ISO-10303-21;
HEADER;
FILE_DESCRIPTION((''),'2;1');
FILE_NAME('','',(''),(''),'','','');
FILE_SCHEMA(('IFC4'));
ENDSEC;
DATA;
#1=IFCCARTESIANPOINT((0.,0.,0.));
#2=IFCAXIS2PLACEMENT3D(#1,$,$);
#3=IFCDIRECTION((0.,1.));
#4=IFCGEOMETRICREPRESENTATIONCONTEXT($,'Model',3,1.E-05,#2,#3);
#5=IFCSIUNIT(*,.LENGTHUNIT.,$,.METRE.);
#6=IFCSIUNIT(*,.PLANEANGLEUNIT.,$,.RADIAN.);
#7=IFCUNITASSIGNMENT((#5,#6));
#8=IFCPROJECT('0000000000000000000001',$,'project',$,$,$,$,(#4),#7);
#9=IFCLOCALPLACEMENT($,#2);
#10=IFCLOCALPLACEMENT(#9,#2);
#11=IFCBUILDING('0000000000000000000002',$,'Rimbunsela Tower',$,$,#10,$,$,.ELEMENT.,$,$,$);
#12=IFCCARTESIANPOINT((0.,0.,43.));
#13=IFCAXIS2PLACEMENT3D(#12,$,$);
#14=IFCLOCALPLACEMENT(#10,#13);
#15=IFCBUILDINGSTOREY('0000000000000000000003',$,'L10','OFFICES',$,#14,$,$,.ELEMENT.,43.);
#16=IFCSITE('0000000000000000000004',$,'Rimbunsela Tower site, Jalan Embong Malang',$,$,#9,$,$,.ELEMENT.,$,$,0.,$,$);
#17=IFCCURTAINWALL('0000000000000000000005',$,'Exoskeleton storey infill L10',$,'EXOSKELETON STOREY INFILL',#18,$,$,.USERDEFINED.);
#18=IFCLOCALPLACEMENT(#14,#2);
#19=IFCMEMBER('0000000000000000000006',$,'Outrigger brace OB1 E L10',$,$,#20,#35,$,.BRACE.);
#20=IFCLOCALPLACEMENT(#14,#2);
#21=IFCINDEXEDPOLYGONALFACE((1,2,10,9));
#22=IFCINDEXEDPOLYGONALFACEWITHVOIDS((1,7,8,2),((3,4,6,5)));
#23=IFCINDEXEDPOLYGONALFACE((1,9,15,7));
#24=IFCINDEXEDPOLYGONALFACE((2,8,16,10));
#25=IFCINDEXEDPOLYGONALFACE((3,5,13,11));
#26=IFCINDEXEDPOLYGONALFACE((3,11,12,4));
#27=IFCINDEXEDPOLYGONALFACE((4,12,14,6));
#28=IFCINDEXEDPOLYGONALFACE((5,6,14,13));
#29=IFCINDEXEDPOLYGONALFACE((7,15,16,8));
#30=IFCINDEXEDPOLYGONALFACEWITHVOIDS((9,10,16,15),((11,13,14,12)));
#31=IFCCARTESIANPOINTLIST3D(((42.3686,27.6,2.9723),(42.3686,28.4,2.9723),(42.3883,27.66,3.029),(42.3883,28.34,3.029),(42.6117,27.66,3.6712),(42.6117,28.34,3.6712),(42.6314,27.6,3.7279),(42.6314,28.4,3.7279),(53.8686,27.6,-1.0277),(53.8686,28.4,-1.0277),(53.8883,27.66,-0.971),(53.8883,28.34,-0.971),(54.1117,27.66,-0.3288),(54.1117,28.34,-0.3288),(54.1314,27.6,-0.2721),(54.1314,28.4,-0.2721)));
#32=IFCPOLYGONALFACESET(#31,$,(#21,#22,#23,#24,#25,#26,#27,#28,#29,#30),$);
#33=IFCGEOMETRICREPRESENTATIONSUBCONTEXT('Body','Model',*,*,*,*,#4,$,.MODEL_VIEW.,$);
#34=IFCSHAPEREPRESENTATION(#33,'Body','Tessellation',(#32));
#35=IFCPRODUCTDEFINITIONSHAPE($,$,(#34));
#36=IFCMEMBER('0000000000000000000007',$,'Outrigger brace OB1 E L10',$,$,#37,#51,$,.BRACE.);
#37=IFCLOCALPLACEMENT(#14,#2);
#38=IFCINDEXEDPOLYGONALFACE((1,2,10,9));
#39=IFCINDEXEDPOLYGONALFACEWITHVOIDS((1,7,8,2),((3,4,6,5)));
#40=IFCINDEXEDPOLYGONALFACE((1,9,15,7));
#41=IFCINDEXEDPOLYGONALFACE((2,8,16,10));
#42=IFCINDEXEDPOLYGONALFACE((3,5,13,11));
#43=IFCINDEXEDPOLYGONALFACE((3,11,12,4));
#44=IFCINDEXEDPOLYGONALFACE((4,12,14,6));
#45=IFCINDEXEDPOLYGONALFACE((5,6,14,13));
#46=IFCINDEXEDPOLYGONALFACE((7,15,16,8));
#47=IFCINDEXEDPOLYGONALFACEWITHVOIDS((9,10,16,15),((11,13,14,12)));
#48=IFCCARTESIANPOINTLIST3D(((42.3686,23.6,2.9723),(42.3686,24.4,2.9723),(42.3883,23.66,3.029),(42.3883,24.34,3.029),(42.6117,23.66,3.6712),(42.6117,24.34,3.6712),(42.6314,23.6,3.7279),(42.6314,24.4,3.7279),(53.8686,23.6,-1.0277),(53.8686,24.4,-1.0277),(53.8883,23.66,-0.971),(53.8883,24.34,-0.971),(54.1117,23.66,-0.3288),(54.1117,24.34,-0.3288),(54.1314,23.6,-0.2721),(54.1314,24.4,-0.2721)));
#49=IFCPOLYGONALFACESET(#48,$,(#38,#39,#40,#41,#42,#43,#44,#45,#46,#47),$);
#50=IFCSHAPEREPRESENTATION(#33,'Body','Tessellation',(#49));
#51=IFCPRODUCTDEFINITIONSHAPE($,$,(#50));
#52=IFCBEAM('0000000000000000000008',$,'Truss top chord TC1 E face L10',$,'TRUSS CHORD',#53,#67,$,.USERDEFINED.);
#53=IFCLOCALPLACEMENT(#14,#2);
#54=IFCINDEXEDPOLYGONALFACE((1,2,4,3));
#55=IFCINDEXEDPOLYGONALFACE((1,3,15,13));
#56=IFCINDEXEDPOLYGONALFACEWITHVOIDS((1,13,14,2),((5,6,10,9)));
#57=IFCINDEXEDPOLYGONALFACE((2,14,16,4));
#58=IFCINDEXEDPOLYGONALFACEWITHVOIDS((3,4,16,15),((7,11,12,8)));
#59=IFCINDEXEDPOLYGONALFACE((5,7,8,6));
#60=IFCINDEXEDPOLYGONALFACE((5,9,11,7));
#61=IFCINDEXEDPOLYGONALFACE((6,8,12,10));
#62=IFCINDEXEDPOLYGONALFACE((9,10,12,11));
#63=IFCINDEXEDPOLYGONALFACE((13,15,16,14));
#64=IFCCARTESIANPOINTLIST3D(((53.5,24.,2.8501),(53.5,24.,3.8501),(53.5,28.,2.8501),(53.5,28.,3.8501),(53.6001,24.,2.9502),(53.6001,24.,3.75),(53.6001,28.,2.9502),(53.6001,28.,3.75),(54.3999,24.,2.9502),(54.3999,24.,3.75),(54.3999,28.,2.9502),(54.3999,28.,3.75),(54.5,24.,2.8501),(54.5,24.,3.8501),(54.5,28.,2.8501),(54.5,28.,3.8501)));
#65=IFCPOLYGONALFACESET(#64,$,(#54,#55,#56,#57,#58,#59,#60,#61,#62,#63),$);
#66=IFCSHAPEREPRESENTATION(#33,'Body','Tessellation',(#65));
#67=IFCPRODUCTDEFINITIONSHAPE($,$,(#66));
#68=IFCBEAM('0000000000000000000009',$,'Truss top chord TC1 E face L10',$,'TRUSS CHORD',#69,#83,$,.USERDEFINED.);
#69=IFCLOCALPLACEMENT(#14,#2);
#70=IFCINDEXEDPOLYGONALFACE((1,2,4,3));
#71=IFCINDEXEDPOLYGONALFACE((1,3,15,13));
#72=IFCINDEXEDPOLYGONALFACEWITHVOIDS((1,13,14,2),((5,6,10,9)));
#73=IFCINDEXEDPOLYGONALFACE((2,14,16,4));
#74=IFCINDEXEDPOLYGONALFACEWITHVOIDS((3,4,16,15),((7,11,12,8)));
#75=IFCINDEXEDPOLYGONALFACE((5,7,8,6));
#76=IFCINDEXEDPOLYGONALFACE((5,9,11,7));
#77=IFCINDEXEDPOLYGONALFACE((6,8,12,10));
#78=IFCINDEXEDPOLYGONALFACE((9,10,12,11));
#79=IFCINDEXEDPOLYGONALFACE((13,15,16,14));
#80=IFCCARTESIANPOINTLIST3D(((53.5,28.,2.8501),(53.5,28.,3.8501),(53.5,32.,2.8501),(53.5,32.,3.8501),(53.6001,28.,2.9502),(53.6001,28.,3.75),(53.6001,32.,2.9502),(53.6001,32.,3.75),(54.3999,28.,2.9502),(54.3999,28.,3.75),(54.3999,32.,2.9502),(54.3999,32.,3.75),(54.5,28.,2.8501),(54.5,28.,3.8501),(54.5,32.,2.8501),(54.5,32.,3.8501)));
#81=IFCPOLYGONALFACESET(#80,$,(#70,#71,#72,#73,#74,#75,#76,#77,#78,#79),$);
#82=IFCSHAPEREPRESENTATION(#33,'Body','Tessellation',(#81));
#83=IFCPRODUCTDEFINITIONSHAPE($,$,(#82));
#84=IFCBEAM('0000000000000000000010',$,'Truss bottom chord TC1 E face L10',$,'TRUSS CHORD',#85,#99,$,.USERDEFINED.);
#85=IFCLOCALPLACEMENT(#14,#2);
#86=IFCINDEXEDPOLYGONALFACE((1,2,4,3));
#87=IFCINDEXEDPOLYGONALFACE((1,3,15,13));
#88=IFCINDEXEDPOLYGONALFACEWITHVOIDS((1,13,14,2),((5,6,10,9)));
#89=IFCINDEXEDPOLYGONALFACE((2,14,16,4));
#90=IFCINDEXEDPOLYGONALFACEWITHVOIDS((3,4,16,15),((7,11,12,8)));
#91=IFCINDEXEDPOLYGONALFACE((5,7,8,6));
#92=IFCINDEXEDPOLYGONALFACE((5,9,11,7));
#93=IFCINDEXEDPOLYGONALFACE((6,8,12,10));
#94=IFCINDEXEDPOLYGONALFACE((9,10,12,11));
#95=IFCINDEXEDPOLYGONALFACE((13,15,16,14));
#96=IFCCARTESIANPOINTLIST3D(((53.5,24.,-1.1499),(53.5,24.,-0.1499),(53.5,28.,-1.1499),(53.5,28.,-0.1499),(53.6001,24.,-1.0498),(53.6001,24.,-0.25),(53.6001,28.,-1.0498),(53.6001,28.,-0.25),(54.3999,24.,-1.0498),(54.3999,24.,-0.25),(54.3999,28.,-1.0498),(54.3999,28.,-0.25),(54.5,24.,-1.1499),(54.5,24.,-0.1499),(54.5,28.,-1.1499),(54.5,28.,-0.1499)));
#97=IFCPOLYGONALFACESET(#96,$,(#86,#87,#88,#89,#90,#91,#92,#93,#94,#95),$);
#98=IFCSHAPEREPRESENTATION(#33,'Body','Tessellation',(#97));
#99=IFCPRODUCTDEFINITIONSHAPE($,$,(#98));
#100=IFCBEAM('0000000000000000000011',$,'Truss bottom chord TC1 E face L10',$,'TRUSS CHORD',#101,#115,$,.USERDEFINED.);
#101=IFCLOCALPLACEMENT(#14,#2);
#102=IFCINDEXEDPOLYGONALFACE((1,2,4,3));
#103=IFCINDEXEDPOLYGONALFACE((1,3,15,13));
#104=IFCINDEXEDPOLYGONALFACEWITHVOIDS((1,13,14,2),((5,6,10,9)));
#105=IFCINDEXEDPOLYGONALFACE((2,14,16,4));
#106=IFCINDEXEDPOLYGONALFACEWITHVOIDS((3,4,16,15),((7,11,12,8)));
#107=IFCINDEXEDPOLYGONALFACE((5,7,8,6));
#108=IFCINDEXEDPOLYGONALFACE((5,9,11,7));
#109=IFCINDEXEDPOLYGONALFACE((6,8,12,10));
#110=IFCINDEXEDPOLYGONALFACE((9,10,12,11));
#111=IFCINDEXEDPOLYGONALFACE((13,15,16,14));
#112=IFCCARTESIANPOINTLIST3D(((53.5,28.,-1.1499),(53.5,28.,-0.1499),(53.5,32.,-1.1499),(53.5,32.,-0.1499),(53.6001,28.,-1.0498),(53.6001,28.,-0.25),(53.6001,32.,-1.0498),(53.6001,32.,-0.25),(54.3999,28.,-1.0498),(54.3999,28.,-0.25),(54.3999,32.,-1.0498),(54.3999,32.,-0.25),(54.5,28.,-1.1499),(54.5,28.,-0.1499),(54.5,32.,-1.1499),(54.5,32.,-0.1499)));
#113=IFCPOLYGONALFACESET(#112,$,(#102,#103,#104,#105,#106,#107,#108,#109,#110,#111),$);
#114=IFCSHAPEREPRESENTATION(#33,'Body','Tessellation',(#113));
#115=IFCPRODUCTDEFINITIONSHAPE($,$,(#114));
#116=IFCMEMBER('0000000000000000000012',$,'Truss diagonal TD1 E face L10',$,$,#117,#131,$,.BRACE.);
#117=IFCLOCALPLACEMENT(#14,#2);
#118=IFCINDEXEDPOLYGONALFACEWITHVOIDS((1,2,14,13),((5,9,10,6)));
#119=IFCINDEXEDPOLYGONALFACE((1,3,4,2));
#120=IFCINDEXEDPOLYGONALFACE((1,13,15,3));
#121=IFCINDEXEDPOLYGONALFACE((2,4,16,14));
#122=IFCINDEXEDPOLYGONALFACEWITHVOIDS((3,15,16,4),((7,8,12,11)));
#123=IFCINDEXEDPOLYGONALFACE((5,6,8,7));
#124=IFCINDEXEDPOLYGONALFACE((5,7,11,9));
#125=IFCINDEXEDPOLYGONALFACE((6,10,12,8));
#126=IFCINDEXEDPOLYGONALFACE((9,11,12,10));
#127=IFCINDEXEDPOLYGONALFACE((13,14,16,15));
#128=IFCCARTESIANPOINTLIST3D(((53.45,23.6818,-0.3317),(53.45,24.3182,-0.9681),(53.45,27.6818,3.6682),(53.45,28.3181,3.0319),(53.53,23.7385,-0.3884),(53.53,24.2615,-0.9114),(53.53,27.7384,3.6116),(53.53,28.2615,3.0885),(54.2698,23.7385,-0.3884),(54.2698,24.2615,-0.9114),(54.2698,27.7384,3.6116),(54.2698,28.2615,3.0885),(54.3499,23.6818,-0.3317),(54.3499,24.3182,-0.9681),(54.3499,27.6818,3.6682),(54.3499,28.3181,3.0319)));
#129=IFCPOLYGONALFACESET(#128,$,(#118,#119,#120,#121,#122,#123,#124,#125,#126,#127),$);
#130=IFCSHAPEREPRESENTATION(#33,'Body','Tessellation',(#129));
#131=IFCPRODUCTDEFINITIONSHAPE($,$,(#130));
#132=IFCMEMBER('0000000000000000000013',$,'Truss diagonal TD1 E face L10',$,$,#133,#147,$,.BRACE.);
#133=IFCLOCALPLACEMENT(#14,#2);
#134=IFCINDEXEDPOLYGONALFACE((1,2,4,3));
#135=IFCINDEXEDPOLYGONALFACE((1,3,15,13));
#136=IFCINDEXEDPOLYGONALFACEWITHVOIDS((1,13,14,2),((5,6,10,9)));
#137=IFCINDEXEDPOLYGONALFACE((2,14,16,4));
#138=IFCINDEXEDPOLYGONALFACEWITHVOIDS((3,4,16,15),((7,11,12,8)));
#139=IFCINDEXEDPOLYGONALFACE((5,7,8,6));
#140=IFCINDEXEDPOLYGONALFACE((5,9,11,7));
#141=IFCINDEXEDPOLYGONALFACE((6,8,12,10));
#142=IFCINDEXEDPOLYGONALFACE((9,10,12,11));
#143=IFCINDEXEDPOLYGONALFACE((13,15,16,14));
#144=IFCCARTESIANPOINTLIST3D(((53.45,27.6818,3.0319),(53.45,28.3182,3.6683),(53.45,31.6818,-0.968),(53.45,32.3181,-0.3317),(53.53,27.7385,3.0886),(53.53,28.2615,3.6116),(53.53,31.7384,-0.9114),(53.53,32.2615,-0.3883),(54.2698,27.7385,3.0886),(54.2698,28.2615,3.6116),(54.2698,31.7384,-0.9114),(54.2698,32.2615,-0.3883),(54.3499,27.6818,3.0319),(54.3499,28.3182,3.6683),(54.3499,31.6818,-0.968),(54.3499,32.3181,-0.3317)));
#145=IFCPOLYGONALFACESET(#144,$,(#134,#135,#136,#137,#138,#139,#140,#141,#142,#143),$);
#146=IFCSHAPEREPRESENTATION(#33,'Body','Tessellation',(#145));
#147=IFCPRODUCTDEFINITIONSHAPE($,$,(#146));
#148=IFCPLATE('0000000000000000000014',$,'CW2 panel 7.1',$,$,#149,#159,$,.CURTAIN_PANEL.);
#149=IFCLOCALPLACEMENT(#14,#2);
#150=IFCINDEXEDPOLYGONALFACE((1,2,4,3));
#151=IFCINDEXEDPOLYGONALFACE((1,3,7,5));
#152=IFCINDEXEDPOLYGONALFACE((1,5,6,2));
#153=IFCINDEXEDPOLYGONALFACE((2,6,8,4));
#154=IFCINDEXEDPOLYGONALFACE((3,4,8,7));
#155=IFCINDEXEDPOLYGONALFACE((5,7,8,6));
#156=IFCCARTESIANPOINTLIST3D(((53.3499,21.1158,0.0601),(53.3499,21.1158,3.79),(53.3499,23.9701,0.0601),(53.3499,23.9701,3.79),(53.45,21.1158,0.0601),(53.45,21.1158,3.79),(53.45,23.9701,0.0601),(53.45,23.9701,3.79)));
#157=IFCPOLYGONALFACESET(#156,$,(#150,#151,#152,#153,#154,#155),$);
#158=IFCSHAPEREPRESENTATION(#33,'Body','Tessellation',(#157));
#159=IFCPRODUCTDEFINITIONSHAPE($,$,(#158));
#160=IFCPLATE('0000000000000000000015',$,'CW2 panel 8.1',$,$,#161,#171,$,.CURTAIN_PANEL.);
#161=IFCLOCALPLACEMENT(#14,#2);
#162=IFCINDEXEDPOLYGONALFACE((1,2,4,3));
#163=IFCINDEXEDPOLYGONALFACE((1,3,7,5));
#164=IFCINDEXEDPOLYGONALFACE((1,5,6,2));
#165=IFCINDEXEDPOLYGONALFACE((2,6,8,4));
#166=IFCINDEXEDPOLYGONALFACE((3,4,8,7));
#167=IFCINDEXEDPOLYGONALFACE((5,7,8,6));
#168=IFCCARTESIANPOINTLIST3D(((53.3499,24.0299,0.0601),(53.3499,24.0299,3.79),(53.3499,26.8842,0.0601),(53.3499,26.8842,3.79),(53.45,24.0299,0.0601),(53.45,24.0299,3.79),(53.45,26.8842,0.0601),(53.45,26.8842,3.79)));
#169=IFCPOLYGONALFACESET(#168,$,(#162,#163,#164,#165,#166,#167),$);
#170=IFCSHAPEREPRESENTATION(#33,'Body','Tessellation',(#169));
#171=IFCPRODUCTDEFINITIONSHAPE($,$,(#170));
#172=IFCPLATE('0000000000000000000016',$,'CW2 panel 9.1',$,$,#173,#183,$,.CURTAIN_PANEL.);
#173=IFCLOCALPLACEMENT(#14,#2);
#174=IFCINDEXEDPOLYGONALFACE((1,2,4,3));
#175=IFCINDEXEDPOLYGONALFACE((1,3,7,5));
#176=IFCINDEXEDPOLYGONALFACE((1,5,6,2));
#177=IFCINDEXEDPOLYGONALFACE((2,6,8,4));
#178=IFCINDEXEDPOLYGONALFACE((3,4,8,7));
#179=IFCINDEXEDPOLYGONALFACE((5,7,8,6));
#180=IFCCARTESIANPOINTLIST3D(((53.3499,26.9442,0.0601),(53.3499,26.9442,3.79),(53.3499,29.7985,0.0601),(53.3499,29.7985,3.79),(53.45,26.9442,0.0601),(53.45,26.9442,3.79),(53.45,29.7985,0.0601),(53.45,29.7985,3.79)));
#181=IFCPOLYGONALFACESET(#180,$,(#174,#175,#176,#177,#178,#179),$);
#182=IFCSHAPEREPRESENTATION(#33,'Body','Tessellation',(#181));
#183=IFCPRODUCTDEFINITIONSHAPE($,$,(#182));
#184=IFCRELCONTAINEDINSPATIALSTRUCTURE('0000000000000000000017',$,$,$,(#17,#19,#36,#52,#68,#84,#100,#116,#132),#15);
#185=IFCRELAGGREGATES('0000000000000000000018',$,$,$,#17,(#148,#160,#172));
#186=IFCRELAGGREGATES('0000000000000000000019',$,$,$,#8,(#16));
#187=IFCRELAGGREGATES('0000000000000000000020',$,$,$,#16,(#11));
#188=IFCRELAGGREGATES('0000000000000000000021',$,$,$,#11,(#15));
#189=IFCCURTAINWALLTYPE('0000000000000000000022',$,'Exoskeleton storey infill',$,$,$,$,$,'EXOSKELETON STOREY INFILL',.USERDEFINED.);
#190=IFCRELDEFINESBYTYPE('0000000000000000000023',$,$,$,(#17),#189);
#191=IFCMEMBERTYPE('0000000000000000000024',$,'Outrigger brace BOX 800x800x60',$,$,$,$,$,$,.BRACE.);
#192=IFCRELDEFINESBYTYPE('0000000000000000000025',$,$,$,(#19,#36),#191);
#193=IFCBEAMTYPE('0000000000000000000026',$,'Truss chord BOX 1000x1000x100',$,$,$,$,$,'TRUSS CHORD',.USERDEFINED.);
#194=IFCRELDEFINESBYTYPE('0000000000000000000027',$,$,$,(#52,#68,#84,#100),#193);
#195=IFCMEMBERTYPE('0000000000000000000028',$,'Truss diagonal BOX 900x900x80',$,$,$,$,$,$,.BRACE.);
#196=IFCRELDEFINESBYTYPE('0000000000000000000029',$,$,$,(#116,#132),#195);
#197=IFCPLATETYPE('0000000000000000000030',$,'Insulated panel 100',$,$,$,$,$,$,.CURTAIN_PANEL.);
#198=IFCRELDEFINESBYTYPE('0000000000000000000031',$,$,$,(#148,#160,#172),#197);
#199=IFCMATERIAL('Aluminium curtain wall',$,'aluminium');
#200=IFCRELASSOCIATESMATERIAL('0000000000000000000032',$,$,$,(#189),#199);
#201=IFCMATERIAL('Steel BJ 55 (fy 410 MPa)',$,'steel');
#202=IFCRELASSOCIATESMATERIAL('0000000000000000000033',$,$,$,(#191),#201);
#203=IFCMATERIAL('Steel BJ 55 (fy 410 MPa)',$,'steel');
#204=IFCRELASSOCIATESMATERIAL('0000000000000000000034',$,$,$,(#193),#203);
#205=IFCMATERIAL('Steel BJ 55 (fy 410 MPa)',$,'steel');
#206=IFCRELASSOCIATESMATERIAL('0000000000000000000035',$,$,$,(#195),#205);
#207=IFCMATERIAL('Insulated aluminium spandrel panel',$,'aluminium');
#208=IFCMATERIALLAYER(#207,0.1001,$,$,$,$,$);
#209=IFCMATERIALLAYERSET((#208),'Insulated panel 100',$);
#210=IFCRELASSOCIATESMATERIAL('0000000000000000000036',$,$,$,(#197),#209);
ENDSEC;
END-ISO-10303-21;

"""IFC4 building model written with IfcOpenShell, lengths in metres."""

from ifc_helpers import new_model, si_unit, direction, frame, origin, origin_2d, place, context, subcontext, project, spatial, rectangle, hollow_rectangle, extrude, material, layer, layer_set, material_profile, profile_set, type_object, element, aggregate, save


model = new_model("IFC4")

# Units and contexts
model_context = context("Model", 3, precision=1e-05, world=origin(), true_north=direction((0.0, 1.0)))
body_context = subcontext(model_context, "Body", "Model", "MODEL_VIEW")
ifc_project = project(units=[si_unit("LENGTHUNIT", "METRE"), si_unit("PLANEANGLEUNIT", "RADIAN")], contexts=[model_context])

# Site, building, storey
site_placement = place(None, origin())
site = spatial("IfcSite", under=ifc_project, at=site_placement, Name="Rimbunsela Tower site, Jalan Embong Malang", CompositionType="ELEMENT", RefElevation=0.0)
building_placement = place(site_placement, origin())
building = spatial("IfcBuilding", under=site, at=building_placement, Name="Rimbunsela Tower", CompositionType="ELEMENT")
storey_placement = place(building_placement, frame((0.0, 0.0, 43.0)))
storey = spatial("IfcBuildingStorey", under=building, at=storey_placement, Name="L10", Description="OFFICES", CompositionType="ELEMENT", Elevation=43.0)

# Curtain wall
ifc_material_1 = material(Name="Aluminium curtain wall", Category="aluminium")
curtain_wall_type = type_object("IfcCurtainWallType", Name="Exoskeleton storey infill", ElementType="EXOSKELETON STOREY INFILL", PredefinedType="USERDEFINED", material=ifc_material_1)
curtain_wall_placement = place(storey_placement, origin())
curtain_wall = element("IfcCurtainWall", 1, at=curtain_wall_placement, inside=storey, type_object=curtain_wall_type, Name="Exoskeleton storey infill L10", ObjectType="EXOSKELETON STOREY INFILL", PredefinedType="USERDEFINED")

# Members
ifc_material_2 = material(Name="Steel BJ 55 (fy 410 MPa)", Category="steel")
ifc_material_profile_1 = material_profile(ifc_material_2, hollow_rectangle(XDim=0.8, YDim=0.8, WallThickness=0.0601, at=origin_2d()), Name="BOX 800x800x60")
ifc_profile_set_1 = profile_set([ifc_material_profile_1], Name="Steel BJ 55 (fy 410 MPa)")
member_type_1 = type_object("IfcMemberType", Name="Outrigger brace BOX 800x800x60", PredefinedType="BRACE", material=ifc_profile_set_1)
for number, where, z_axis, x_axis, name in (
    (2, (54.0, 28.0, -0.6499), (-0.944497, 0.0, 0.328521), (0.0, -1.0, 0.0), "Outrigger brace OB1 E L10"),
    (3, (54.0, 24.0, -0.6499), (-0.944497, 0.0, 0.328521), (0.0, -1.0, 0.0), "Outrigger brace OB1 E L10"),
):
    element("IfcMember", number, at=place(storey_placement, frame(where, z_axis=z_axis, x_axis=x_axis)), inside=storey, type_object=member_type_1, Name=name, PredefinedType="BRACE", context=body_context, shape_type="SweptSolid", body=[
        extrude(hollow_rectangle(XDim=0.8, YDim=0.8, WallThickness=0.0601, at=origin_2d()), origin(), (0.0, 0.0, 1.0), 12.1758),
    ])

# Beams
ifc_material_3 = material(Name="Steel BJ 55 (fy 410 MPa)", Category="steel")
ifc_material_profile_2 = material_profile(ifc_material_3, hollow_rectangle(XDim=1.0, YDim=1.0, WallThickness=0.1001, at=origin_2d()), Name="BOX 1000x1000x100")
ifc_profile_set_2 = profile_set([ifc_material_profile_2], Name="Steel BJ 55 (fy 410 MPa)")
beam_type = type_object("IfcBeamType", Name="Truss chord BOX 1000x1000x100", ElementType="TRUSS CHORD", PredefinedType="USERDEFINED", material=ifc_profile_set_2)
for number, where, z_axis, x_axis, name in (
    (4, (54.0, 24.0, 3.3501), (0.0, 1.0, 0.0), (-1.0, 0.0, 0.0), "Truss top chord TC1 E face L10"),
    (5, (54.0, 28.0, 3.3501), (0.0, 1.0, 0.0), (-1.0, 0.0, 0.0), "Truss top chord TC1 E face L10"),
    (6, (54.0, 24.0, -0.6499), (0.0, 1.0, 0.0), (-1.0, 0.0, 0.0), "Truss bottom chord TC1 E face L10"),
    (7, (54.0, 28.0, -0.6499), (0.0, 1.0, 0.0), (-1.0, 0.0, 0.0), "Truss bottom chord TC1 E face L10"),
):
    element("IfcBeam", number, at=place(storey_placement, frame(where, z_axis=z_axis, x_axis=x_axis)), inside=storey, type_object=beam_type, Name=name, ObjectType="TRUSS CHORD", PredefinedType="USERDEFINED", context=body_context, shape_type="SweptSolid", body=[
        extrude(hollow_rectangle(XDim=1.0, YDim=1.0, WallThickness=0.1001, at=origin_2d()), origin(), (0.0, 0.0, 1.0), 4.0),
    ])

# Members
ifc_material_4 = material(Name="Steel BJ 55 (fy 410 MPa)", Category="steel")
ifc_material_profile_3 = material_profile(ifc_material_4, hollow_rectangle(XDim=0.8999, YDim=0.8999, WallThickness=0.0801, at=origin_2d()), Name="BOX 900x900x80")
ifc_profile_set_3 = profile_set([ifc_material_profile_3], Name="Steel BJ 55 (fy 410 MPa)")
member_type_2 = type_object("IfcMemberType", Name="Truss diagonal BOX 900x900x80", PredefinedType="BRACE", material=ifc_profile_set_3)
for number, where, z_axis, x_axis, name in (
    (8, (53.8999, 24.0, -0.6499), (0.0, 0.707107, 0.707107), (-1.0, 0.0, 0.0), "Truss diagonal TD1 E face L10"),
    (9, (53.8999, 28.0, 3.3501), (0.0, 0.707107, -0.707107), (-1.0, 0.0, 0.0), "Truss diagonal TD1 E face L10"),
):
    element("IfcMember", number, at=place(storey_placement, frame(where, z_axis=z_axis, x_axis=x_axis)), inside=storey, type_object=member_type_2, Name=name, PredefinedType="BRACE", context=body_context, shape_type="SweptSolid", body=[
        extrude(hollow_rectangle(XDim=0.8999, YDim=0.8999, WallThickness=0.0801, at=origin_2d()), origin(), (0.0, 0.0, 1.0), 5.6567),
    ])

# Plates
ifc_material_5 = material(Name="Insulated aluminium spandrel panel", Category="aluminium")
ifc_layer = layer(ifc_material_5, 0.1001)
ifc_layer_set = layer_set([ifc_layer], Name="Insulated panel 100")
plate_type = type_object("IfcPlateType", Name="Insulated panel 100", PredefinedType="CURTAIN_PANEL", material=ifc_layer_set)
plate_1_placement = place(storey_placement, frame((53.3999, 22.543, 0.0601), z_axis=(0.0, 0.0, 1.0), x_axis=(0.0, 1.0, 0.0)))
plate_1 = element("IfcPlate", 10, at=plate_1_placement, type_object=plate_type, Name="CW2 panel 7.1", PredefinedType="CURTAIN_PANEL", context=body_context, shape_type="SweptSolid", body=[
    extrude(rectangle(XDim=2.8542, YDim=0.1001, at=origin_2d()), origin(), (0.0, 0.0, 1.0), 3.73),
])
plate_2_placement = place(storey_placement, frame((53.3999, 25.457, 0.0601), z_axis=(0.0, 0.0, 1.0), x_axis=(0.0, 1.0, 0.0)))
plate_2 = element("IfcPlate", 11, at=plate_2_placement, type_object=plate_type, Name="CW2 panel 8.1", PredefinedType="CURTAIN_PANEL", context=body_context, shape_type="SweptSolid", body=[
    extrude(rectangle(XDim=2.8542, YDim=0.1001, at=origin_2d()), origin(), (0.0, 0.0, 1.0), 3.73),
])
plate_3_placement = place(storey_placement, frame((53.3999, 28.3713, 0.0601), z_axis=(0.0, 0.0, 1.0), x_axis=(0.0, 1.0, 0.0)))
plate_3 = element("IfcPlate", 12, at=plate_3_placement, type_object=plate_type, Name="CW2 panel 9.1", PredefinedType="CURTAIN_PANEL", context=body_context, shape_type="SweptSolid", body=[
    extrude(rectangle(XDim=2.8542, YDim=0.1001, at=origin_2d()), origin(), (0.0, 0.0, 1.0), 3.73),
])
aggregate(curtain_wall, [plate_1, plate_2, plate_3])

save(model, "model.ifc")
